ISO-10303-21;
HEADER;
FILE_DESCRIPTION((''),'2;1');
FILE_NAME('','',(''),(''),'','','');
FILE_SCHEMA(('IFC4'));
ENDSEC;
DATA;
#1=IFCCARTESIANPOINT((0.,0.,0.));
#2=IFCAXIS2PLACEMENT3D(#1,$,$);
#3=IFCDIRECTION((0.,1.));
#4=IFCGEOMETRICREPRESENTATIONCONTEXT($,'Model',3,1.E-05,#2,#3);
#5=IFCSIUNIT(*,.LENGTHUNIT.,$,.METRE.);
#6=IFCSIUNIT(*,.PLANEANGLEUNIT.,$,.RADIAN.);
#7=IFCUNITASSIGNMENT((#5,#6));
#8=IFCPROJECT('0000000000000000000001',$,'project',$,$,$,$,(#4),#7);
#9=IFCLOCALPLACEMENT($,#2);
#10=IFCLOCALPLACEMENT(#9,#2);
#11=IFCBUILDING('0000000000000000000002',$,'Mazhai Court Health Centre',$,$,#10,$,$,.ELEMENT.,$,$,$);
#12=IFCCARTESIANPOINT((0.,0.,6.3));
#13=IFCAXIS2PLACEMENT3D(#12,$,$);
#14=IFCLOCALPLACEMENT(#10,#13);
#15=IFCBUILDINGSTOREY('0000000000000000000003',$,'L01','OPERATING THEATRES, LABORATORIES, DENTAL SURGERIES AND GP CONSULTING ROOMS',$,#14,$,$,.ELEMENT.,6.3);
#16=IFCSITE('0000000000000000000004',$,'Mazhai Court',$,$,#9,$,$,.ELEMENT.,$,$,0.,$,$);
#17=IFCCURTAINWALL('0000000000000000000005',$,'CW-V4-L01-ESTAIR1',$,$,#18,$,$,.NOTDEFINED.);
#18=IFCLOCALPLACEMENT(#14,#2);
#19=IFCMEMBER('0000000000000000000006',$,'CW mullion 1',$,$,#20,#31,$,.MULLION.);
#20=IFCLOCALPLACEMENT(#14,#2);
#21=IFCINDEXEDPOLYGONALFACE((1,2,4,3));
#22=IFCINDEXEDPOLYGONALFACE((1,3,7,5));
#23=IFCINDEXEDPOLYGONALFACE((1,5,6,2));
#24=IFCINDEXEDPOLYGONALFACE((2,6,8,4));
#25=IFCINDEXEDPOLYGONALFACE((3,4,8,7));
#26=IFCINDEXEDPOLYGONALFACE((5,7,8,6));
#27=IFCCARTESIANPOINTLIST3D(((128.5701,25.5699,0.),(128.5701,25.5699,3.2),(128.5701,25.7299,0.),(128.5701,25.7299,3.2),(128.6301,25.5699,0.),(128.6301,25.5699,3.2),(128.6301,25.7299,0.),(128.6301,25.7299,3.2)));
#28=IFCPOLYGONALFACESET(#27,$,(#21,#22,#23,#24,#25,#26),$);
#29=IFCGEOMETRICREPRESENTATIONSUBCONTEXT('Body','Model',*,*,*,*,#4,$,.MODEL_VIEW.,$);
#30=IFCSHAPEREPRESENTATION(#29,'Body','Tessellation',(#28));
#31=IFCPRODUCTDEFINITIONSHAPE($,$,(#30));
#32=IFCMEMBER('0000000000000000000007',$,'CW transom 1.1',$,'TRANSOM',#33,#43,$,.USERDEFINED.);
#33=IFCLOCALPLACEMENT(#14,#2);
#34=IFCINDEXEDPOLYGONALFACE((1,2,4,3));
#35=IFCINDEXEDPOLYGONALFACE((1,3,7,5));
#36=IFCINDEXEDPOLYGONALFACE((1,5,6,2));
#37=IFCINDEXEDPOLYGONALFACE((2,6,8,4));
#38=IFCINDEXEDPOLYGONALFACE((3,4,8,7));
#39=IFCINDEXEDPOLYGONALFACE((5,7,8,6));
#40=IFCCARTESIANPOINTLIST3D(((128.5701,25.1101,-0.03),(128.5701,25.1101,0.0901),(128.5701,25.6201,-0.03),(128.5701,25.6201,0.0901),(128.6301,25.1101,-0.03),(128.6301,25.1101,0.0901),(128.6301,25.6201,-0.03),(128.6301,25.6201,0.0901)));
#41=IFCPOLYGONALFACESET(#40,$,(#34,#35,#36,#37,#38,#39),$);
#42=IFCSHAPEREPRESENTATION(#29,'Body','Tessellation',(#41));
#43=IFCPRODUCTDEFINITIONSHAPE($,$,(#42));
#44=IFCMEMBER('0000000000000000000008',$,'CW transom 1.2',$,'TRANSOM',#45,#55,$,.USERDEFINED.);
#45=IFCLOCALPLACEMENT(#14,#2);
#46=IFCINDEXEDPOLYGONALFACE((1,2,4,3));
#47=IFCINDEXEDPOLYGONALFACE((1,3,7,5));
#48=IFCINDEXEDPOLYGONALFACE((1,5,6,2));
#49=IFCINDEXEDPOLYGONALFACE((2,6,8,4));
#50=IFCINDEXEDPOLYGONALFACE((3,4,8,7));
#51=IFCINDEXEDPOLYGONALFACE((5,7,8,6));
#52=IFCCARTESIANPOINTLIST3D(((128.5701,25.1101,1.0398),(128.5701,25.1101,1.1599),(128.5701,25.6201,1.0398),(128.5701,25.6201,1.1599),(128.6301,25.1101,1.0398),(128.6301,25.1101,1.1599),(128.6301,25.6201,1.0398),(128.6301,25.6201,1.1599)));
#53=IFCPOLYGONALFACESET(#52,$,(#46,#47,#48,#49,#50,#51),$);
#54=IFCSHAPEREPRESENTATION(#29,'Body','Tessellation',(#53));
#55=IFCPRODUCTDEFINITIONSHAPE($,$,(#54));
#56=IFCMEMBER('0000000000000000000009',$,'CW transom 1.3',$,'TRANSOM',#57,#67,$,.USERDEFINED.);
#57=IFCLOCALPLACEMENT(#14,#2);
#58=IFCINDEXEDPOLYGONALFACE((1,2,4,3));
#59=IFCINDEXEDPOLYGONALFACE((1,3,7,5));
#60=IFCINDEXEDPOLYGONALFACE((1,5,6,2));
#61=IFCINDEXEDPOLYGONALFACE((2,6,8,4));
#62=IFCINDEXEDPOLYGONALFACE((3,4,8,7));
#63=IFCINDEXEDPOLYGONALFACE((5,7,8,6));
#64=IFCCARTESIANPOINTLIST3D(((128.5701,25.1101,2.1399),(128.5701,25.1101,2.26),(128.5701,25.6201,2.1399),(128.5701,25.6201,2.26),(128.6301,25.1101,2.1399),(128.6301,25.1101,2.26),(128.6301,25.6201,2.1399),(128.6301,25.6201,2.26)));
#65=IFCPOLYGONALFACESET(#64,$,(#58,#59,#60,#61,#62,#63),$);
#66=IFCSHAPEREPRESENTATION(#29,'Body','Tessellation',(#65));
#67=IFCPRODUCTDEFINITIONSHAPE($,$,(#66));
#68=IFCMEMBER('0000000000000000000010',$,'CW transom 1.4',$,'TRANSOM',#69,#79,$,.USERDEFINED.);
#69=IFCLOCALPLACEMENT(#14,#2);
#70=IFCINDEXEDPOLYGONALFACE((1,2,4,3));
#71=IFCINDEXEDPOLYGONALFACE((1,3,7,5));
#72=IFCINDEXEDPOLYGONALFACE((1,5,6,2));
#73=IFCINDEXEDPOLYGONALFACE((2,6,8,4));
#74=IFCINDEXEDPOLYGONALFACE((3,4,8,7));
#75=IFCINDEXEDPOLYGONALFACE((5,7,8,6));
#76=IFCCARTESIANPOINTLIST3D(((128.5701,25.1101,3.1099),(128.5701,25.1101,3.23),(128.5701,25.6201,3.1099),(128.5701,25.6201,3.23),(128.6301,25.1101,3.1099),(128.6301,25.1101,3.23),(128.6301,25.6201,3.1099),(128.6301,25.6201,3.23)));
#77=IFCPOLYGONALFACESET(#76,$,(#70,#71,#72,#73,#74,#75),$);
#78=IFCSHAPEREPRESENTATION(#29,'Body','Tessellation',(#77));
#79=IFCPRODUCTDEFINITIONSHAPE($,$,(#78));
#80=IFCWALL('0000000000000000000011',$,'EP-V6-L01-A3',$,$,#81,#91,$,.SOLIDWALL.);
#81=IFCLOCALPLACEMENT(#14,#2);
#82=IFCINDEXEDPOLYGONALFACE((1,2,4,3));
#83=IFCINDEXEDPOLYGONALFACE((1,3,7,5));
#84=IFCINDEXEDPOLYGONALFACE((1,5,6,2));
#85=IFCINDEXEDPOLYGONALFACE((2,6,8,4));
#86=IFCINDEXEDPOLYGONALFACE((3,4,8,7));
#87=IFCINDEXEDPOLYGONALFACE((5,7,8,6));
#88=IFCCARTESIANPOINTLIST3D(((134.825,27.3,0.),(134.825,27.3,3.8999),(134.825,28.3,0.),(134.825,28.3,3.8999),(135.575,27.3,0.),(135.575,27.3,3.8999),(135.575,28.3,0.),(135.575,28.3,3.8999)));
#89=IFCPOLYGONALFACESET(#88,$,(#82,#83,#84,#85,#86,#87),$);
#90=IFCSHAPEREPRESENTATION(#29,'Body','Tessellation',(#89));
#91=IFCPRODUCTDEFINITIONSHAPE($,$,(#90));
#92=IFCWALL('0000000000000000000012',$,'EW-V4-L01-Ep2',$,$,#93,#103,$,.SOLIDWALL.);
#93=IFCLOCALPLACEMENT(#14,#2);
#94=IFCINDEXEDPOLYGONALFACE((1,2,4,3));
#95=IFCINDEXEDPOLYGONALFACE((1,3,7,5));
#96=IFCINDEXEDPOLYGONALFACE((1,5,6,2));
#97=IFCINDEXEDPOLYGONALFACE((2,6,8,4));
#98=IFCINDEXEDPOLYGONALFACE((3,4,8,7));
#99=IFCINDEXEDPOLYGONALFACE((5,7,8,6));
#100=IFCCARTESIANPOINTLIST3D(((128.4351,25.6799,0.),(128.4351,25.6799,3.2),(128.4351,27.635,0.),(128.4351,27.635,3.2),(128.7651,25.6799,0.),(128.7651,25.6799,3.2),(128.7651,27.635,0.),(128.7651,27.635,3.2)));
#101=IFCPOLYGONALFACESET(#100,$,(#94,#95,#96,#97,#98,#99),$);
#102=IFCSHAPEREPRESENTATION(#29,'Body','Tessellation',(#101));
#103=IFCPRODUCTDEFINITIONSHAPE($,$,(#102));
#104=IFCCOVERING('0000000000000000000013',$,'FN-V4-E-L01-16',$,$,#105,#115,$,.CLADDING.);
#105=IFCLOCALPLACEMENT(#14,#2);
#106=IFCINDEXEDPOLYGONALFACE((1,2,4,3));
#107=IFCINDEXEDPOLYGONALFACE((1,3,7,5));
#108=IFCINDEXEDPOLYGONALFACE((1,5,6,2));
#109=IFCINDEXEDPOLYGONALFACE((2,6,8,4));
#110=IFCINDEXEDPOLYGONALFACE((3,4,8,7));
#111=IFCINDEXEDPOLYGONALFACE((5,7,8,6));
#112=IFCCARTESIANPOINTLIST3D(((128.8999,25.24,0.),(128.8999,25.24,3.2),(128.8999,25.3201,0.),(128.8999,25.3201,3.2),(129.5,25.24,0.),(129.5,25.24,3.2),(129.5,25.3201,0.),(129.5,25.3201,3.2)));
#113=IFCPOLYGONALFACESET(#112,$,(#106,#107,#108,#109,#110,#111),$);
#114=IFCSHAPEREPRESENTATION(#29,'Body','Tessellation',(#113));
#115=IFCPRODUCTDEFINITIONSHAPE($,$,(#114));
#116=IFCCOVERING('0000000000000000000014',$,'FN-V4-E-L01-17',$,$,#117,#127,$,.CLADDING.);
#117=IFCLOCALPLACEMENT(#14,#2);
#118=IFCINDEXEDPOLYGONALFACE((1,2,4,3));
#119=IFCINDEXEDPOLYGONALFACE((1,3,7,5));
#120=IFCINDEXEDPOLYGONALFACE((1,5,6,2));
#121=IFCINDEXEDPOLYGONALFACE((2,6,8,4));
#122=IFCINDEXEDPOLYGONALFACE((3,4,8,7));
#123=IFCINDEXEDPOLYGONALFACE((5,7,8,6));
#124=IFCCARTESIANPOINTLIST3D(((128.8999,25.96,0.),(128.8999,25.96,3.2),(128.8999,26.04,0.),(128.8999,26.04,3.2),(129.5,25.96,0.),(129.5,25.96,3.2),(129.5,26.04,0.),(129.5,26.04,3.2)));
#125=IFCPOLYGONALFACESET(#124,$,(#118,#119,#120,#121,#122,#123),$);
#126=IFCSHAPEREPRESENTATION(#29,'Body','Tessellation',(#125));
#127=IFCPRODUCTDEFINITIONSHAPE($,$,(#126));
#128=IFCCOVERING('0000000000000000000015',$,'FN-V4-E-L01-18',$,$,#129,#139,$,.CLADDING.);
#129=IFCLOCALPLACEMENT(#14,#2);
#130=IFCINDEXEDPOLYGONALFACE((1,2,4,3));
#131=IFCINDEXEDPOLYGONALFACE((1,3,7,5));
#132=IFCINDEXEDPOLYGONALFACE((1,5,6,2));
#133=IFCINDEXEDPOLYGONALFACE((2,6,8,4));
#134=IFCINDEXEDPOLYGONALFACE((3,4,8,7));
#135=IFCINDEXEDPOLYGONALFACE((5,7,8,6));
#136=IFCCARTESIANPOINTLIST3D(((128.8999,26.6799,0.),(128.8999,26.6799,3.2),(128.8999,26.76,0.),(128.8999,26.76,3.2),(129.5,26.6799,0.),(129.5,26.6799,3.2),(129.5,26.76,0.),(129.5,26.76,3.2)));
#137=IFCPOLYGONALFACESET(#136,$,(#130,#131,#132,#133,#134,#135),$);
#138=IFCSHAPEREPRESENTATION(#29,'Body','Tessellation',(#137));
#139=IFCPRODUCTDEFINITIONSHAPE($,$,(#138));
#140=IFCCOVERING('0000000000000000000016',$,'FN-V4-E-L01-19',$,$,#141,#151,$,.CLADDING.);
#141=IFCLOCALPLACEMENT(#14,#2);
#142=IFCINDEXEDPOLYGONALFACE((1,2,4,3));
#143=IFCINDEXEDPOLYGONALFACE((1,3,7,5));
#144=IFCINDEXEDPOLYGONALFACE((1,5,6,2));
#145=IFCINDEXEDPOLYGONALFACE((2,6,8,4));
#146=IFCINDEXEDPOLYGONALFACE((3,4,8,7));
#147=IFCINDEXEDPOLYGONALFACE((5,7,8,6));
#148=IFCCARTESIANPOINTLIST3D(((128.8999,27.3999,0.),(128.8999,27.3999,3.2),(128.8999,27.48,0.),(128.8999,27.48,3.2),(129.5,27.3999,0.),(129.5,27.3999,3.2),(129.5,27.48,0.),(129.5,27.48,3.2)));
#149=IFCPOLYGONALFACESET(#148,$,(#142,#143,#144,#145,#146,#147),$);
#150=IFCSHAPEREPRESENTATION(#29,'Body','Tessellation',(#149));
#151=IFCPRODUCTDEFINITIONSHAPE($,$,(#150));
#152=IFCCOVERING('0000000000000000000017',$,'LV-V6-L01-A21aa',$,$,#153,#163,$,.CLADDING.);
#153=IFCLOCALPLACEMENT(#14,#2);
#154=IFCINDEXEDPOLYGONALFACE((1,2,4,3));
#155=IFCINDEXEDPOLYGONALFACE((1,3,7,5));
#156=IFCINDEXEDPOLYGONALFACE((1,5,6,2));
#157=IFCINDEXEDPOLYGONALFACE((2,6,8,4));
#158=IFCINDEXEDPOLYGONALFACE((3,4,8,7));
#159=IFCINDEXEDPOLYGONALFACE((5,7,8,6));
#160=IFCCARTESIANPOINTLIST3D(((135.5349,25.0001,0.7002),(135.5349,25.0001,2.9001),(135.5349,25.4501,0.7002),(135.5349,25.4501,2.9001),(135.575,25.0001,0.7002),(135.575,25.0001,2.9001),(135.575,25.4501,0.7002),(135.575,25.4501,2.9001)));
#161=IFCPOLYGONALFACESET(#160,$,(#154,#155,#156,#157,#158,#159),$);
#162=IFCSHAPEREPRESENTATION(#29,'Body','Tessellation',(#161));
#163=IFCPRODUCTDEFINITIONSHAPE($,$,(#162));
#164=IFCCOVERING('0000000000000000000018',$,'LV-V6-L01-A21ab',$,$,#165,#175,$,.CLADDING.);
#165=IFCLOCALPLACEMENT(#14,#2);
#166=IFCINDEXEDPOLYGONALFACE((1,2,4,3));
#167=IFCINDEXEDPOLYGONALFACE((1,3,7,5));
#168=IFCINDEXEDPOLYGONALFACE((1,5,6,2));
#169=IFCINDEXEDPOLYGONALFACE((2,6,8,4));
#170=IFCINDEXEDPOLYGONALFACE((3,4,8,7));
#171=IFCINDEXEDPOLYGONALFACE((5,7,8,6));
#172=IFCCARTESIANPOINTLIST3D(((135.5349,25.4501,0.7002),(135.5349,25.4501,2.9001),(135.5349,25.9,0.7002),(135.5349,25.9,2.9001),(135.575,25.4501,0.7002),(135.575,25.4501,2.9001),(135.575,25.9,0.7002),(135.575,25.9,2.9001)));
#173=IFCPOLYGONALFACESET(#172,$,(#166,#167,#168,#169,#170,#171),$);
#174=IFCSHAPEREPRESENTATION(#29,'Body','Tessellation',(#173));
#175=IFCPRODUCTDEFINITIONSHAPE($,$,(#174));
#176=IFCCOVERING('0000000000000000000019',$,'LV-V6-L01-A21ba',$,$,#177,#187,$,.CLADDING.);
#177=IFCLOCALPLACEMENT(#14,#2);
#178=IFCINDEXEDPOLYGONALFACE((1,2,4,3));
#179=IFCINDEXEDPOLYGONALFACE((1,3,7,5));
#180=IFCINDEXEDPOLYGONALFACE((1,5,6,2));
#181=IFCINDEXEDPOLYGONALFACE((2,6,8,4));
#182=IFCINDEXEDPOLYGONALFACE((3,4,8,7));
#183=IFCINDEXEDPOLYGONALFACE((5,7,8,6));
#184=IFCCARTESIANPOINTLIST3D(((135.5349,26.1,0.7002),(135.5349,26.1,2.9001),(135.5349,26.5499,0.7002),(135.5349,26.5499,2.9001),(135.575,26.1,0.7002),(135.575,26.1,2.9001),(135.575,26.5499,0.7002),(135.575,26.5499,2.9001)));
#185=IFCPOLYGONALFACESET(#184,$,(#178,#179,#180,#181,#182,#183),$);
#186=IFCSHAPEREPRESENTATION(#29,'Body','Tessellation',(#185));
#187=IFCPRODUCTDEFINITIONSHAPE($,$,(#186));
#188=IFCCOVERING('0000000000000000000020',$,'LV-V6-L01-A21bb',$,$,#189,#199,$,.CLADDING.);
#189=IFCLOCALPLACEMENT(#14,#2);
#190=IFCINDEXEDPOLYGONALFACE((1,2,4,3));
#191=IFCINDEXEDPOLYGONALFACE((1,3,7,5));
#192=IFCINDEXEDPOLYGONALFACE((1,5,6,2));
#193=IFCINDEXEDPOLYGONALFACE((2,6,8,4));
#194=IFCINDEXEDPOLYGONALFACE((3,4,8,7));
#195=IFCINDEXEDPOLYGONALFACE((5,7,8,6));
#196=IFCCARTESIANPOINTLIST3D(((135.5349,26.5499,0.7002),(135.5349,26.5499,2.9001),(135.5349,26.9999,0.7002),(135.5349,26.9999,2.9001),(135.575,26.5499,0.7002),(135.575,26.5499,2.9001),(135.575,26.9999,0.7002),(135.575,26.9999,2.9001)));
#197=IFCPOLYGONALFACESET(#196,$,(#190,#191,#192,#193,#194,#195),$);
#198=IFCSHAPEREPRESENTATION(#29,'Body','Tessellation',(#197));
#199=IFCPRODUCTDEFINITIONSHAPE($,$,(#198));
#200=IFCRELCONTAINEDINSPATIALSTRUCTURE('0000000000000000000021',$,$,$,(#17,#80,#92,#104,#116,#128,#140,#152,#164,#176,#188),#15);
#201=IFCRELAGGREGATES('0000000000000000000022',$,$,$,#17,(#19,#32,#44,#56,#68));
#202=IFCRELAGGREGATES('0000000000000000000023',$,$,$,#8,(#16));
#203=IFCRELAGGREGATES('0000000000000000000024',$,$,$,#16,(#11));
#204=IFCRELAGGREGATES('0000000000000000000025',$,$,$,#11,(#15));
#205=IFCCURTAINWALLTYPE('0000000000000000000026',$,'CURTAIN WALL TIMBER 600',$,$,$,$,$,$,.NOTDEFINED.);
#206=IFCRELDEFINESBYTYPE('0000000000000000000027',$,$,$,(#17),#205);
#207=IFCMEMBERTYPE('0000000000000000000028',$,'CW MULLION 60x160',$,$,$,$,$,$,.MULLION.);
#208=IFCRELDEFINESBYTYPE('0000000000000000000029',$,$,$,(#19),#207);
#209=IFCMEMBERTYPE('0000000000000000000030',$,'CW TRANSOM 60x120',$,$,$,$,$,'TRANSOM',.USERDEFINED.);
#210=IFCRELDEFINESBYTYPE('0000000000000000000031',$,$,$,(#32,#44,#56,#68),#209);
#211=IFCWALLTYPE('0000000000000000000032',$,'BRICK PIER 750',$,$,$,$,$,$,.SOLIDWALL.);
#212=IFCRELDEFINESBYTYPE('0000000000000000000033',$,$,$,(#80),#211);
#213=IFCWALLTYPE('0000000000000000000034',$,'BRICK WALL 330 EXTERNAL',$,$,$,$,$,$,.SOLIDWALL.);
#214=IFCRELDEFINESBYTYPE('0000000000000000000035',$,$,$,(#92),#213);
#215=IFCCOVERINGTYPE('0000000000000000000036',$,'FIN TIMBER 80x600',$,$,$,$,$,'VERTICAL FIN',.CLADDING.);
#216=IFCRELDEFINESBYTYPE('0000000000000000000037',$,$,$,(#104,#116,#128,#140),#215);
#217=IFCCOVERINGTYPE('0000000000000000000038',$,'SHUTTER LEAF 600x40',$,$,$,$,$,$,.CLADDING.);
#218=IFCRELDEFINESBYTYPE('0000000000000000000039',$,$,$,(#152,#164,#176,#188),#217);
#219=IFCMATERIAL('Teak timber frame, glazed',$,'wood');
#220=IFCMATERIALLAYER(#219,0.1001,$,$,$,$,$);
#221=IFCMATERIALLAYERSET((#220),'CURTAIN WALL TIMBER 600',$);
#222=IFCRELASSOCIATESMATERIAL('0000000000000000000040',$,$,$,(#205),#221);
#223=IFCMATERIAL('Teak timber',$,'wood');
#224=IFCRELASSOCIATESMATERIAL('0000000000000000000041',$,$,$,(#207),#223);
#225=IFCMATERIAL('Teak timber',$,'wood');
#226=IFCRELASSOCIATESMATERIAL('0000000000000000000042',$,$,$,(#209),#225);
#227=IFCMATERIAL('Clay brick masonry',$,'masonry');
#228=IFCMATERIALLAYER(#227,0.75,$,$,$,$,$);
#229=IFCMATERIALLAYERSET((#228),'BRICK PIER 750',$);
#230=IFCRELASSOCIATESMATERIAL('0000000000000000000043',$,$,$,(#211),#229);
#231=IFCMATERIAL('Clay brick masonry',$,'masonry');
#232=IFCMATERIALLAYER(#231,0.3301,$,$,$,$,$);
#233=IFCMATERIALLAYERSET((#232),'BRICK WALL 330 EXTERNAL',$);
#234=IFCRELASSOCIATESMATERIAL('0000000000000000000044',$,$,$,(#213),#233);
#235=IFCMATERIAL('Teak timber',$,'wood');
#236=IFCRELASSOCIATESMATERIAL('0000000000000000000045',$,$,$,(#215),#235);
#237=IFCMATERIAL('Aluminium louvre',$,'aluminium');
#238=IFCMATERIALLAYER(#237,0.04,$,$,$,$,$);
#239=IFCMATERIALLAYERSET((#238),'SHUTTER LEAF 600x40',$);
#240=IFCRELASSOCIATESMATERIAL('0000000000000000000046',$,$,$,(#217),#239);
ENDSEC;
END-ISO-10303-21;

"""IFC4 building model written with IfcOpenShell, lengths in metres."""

from ifc_helpers import new_model, si_unit, direction, frame, frame_2d, origin, origin_2d, place, context, subcontext, project, spatial, rectangle, extrude, material, layer, layer_set, material_profile, profile_set, type_object, element, aggregate, save


model = new_model("IFC4")

# Units and contexts
model_context = context("Model", 3, precision=1e-05, world=origin(), true_north=direction((0.0, 1.0)))
body_context = subcontext(model_context, "Body", "Model", "MODEL_VIEW")
ifc_project = project(units=[si_unit("LENGTHUNIT", "METRE"), si_unit("PLANEANGLEUNIT", "RADIAN")], contexts=[model_context])

# Site, building, storey
site_placement = place(None, origin())
site = spatial("IfcSite", under=ifc_project, at=site_placement, Name="Mazhai Court", CompositionType="ELEMENT", RefElevation=0.0)
building_placement = place(site_placement, origin())
building = spatial("IfcBuilding", under=site, at=building_placement, Name="Mazhai Court Health Centre", CompositionType="ELEMENT")
storey_placement = place(building_placement, frame((0.0, 0.0, 6.3)))
storey = spatial("IfcBuildingStorey", under=building, at=storey_placement, Name="L01", Description="OPERATING THEATRES, LABORATORIES, DENTAL SURGERIES AND GP CONSULTING ROOMS", CompositionType="ELEMENT", Elevation=6.3)

# Curtain wall, members
ifc_material_1 = material(Name="Teak timber frame, glazed", Category="wood")
ifc_layer_1 = layer(ifc_material_1, 0.1001)
ifc_layer_set_1 = layer_set([ifc_layer_1], Name="CURTAIN WALL TIMBER 600")
curtain_wall_type = type_object("IfcCurtainWallType", Name="CURTAIN WALL TIMBER 600", PredefinedType="NOTDEFINED", material=ifc_layer_set_1)
curtain_wall_placement = place(storey_placement, origin())
curtain_wall = element("IfcCurtainWall", 1, at=curtain_wall_placement, inside=storey, type_object=curtain_wall_type, Name="CW-V4-L01-ESTAIR1", PredefinedType="NOTDEFINED")
ifc_material_2 = material(Name="Teak timber", Category="wood")
ifc_material_profile_1 = material_profile(ifc_material_2, rectangle(XDim=0.0601, YDim=0.1599, at=origin_2d()), Name="CW MULLION 60x160")
ifc_profile_set_1 = profile_set([ifc_material_profile_1], Name="Teak timber")
member_type_1 = type_object("IfcMemberType", Name="CW MULLION 60x160", PredefinedType="MULLION", material=ifc_profile_set_1)
member_1_placement = place(storey_placement, frame((128.6001, 25.6499, 0.0), z_axis=(0.0, 0.0, 1.0), x_axis=(1.0, 0.0, 0.0)))
member_1 = element("IfcMember", 2, at=member_1_placement, type_object=member_type_1, Name="CW mullion 1", PredefinedType="MULLION", context=body_context, shape_type="SweptSolid", body=[
    extrude(rectangle(XDim=0.0601, YDim=0.1599, at=origin_2d()), origin(), (0.0, 0.0, 1.0), 3.2),
])
ifc_material_3 = material(Name="Teak timber", Category="wood")
ifc_material_profile_2 = material_profile(ifc_material_3, rectangle(XDim=0.0601, YDim=0.1201, at=origin_2d()), Name="CW TRANSOM 60x120")
ifc_profile_set_2 = profile_set([ifc_material_profile_2], Name="Teak timber")
member_type_2 = type_object("IfcMemberType", Name="CW TRANSOM 60x120", ElementType="TRANSOM", PredefinedType="USERDEFINED", material=ifc_profile_set_2)
member_2_placement = place(storey_placement, frame((128.6001, 25.6201, 0.03), z_axis=(0.0, -1.0, 0.0), x_axis=(1.0, 0.0, 0.0)))
member_2 = element("IfcMember", 3, at=member_2_placement, type_object=member_type_2, Name="CW transom 1.1", ObjectType="TRANSOM", PredefinedType="USERDEFINED", context=body_context, shape_type="SweptSolid", body=[
    extrude(rectangle(XDim=0.0601, YDim=0.1201, at=origin_2d()), origin(), (0.0, 0.0, 1.0), 0.51),
])
member_3_placement = place(storey_placement, frame((128.6001, 25.6201, 1.0999), z_axis=(0.0, -1.0, 0.0), x_axis=(1.0, 0.0, 0.0)))
member_3 = element("IfcMember", 4, at=member_3_placement, type_object=member_type_2, Name="CW transom 1.2", ObjectType="TRANSOM", PredefinedType="USERDEFINED", context=body_context, shape_type="SweptSolid", body=[
    extrude(rectangle(XDim=0.0601, YDim=0.1201, at=origin_2d()), origin(), (0.0, 0.0, 1.0), 0.51),
])
member_4_placement = place(storey_placement, frame((128.6001, 25.6201, 2.2), z_axis=(0.0, -1.0, 0.0), x_axis=(1.0, 0.0, 0.0)))
member_4 = element("IfcMember", 5, at=member_4_placement, type_object=member_type_2, Name="CW transom 1.3", ObjectType="TRANSOM", PredefinedType="USERDEFINED", context=body_context, shape_type="SweptSolid", body=[
    extrude(rectangle(XDim=0.0601, YDim=0.1201, at=origin_2d()), origin(), (0.0, 0.0, 1.0), 0.51),
])
member_5_placement = place(storey_placement, frame((128.6001, 25.6201, 3.1699), z_axis=(0.0, -1.0, 0.0), x_axis=(1.0, 0.0, 0.0)))
member_5 = element("IfcMember", 6, at=member_5_placement, type_object=member_type_2, Name="CW transom 1.4", ObjectType="TRANSOM", PredefinedType="USERDEFINED", context=body_context, shape_type="SweptSolid", body=[
    extrude(rectangle(XDim=0.0601, YDim=0.1201, at=origin_2d()), origin(), (0.0, 0.0, 1.0), 0.51),
])
aggregate(curtain_wall, [member_1, member_2, member_3, member_4, member_5])

# Walls
ifc_material_4 = material(Name="Clay brick masonry", Category="masonry")
ifc_layer_2 = layer(ifc_material_4, 0.75)
ifc_layer_set_2 = layer_set([ifc_layer_2], Name="BRICK PIER 750")
wall_type_1 = type_object("IfcWallType", Name="BRICK PIER 750", PredefinedType="SOLIDWALL", material=ifc_layer_set_2)
wall_1_placement = place(storey_placement, frame((135.2, 27.3, 0.0), z_axis=(0.0, 0.0, 1.0), x_axis=(0.0, 1.0, 0.0)))
element("IfcWall", 7, at=wall_1_placement, inside=storey, type_object=wall_type_1, Name="EP-V6-L01-A3", PredefinedType="SOLIDWALL", context=body_context, shape_type="SweptSolid", body=[
    extrude(rectangle(XDim=1.0, YDim=0.75, at=frame_2d((0.5, 0.0))), origin(), (0.0, 0.0, 1.0), 3.8999),
])
ifc_material_5 = material(Name="Clay brick masonry", Category="masonry")
ifc_layer_3 = layer(ifc_material_5, 0.3301)
ifc_layer_set_3 = layer_set([ifc_layer_3], Name="BRICK WALL 330 EXTERNAL")
wall_type_2 = type_object("IfcWallType", Name="BRICK WALL 330 EXTERNAL", PredefinedType="SOLIDWALL", material=ifc_layer_set_3)
wall_2_placement = place(storey_placement, frame((128.6001, 27.635, 0.0), z_axis=(0.0, 0.0, 1.0), x_axis=(0.0, -1.0, 0.0)))
element("IfcWall", 8, at=wall_2_placement, inside=storey, type_object=wall_type_2, Name="EW-V4-L01-Ep2", PredefinedType="SOLIDWALL", context=body_context, shape_type="SweptSolid", body=[
    extrude(rectangle(XDim=1.9551, YDim=0.3301, at=frame_2d((0.9775, 0.0))), origin(), (0.0, 0.0, 1.0), 3.2),
])

# Coverings
ifc_material_6 = material(Name="Teak timber", Category="wood")
covering_type_1 = type_object("IfcCoveringType", Name="FIN TIMBER 80x600", ElementType="VERTICAL FIN", PredefinedType="CLADDING", material=ifc_material_6)
for number, where, z_axis, x_axis, name in (
    (9, (129.2, 25.28, 0.0), (0.0, 0.0, 1.0), (0.0, 1.0, 0.0), "FN-V4-E-L01-16"),
    (10, (129.2, 26.0, 0.0), (0.0, 0.0, 1.0), (0.0, 1.0, 0.0), "FN-V4-E-L01-17"),
    (11, (129.2, 26.72, 0.0), (0.0, 0.0, 1.0), (0.0, 1.0, 0.0), "FN-V4-E-L01-18"),
    (12, (129.2, 27.4399, 0.0), (0.0, 0.0, 1.0), (0.0, 1.0, 0.0), "FN-V4-E-L01-19"),
):
    element("IfcCovering", number, at=place(storey_placement, frame(where, z_axis=z_axis, x_axis=x_axis)), inside=storey, type_object=covering_type_1, Name=name, PredefinedType="CLADDING", context=body_context, shape_type="SweptSolid", body=[
        extrude(rectangle(XDim=0.0801, YDim=0.6001, at=origin_2d()), origin(), (0.0, 0.0, 1.0), 3.2),
    ])
ifc_material_7 = material(Name="Aluminium louvre", Category="aluminium")
ifc_layer_4 = layer(ifc_material_7, 0.04)
ifc_layer_set_4 = layer_set([ifc_layer_4], Name="SHUTTER LEAF 600x40")
covering_type_2 = type_object("IfcCoveringType", Name="SHUTTER LEAF 600x40", PredefinedType="CLADDING", material=ifc_layer_set_4)
for number, where, z_axis, x_axis, name in (
    (13, (135.5549, 25.2251, 0.7002), (0.0, 0.0, 1.0), (0.0, 1.0, 0.0), "LV-V6-L01-A21aa"),
    (14, (135.5549, 25.675, 0.7002), (0.0, 0.0, 1.0), (0.0, 1.0, 0.0), "LV-V6-L01-A21ab"),
    (15, (135.5549, 26.325, 0.7002), (0.0, 0.0, 1.0), (0.0, 1.0, 0.0), "LV-V6-L01-A21ba"),
    (16, (135.5549, 26.7749, 0.7002), (0.0, 0.0, 1.0), (0.0, 1.0, 0.0), "LV-V6-L01-A21bb"),
):
    element("IfcCovering", number, at=place(storey_placement, frame(where, z_axis=z_axis, x_axis=x_axis)), inside=storey, type_object=covering_type_2, Name=name, PredefinedType="CLADDING", context=body_context, shape_type="SweptSolid", body=[
        extrude(rectangle(XDim=0.45, YDim=0.04, at=origin_2d()), origin(), (0.0, 0.0, 1.0), 2.2),
    ])

save(model, "model.ifc")
